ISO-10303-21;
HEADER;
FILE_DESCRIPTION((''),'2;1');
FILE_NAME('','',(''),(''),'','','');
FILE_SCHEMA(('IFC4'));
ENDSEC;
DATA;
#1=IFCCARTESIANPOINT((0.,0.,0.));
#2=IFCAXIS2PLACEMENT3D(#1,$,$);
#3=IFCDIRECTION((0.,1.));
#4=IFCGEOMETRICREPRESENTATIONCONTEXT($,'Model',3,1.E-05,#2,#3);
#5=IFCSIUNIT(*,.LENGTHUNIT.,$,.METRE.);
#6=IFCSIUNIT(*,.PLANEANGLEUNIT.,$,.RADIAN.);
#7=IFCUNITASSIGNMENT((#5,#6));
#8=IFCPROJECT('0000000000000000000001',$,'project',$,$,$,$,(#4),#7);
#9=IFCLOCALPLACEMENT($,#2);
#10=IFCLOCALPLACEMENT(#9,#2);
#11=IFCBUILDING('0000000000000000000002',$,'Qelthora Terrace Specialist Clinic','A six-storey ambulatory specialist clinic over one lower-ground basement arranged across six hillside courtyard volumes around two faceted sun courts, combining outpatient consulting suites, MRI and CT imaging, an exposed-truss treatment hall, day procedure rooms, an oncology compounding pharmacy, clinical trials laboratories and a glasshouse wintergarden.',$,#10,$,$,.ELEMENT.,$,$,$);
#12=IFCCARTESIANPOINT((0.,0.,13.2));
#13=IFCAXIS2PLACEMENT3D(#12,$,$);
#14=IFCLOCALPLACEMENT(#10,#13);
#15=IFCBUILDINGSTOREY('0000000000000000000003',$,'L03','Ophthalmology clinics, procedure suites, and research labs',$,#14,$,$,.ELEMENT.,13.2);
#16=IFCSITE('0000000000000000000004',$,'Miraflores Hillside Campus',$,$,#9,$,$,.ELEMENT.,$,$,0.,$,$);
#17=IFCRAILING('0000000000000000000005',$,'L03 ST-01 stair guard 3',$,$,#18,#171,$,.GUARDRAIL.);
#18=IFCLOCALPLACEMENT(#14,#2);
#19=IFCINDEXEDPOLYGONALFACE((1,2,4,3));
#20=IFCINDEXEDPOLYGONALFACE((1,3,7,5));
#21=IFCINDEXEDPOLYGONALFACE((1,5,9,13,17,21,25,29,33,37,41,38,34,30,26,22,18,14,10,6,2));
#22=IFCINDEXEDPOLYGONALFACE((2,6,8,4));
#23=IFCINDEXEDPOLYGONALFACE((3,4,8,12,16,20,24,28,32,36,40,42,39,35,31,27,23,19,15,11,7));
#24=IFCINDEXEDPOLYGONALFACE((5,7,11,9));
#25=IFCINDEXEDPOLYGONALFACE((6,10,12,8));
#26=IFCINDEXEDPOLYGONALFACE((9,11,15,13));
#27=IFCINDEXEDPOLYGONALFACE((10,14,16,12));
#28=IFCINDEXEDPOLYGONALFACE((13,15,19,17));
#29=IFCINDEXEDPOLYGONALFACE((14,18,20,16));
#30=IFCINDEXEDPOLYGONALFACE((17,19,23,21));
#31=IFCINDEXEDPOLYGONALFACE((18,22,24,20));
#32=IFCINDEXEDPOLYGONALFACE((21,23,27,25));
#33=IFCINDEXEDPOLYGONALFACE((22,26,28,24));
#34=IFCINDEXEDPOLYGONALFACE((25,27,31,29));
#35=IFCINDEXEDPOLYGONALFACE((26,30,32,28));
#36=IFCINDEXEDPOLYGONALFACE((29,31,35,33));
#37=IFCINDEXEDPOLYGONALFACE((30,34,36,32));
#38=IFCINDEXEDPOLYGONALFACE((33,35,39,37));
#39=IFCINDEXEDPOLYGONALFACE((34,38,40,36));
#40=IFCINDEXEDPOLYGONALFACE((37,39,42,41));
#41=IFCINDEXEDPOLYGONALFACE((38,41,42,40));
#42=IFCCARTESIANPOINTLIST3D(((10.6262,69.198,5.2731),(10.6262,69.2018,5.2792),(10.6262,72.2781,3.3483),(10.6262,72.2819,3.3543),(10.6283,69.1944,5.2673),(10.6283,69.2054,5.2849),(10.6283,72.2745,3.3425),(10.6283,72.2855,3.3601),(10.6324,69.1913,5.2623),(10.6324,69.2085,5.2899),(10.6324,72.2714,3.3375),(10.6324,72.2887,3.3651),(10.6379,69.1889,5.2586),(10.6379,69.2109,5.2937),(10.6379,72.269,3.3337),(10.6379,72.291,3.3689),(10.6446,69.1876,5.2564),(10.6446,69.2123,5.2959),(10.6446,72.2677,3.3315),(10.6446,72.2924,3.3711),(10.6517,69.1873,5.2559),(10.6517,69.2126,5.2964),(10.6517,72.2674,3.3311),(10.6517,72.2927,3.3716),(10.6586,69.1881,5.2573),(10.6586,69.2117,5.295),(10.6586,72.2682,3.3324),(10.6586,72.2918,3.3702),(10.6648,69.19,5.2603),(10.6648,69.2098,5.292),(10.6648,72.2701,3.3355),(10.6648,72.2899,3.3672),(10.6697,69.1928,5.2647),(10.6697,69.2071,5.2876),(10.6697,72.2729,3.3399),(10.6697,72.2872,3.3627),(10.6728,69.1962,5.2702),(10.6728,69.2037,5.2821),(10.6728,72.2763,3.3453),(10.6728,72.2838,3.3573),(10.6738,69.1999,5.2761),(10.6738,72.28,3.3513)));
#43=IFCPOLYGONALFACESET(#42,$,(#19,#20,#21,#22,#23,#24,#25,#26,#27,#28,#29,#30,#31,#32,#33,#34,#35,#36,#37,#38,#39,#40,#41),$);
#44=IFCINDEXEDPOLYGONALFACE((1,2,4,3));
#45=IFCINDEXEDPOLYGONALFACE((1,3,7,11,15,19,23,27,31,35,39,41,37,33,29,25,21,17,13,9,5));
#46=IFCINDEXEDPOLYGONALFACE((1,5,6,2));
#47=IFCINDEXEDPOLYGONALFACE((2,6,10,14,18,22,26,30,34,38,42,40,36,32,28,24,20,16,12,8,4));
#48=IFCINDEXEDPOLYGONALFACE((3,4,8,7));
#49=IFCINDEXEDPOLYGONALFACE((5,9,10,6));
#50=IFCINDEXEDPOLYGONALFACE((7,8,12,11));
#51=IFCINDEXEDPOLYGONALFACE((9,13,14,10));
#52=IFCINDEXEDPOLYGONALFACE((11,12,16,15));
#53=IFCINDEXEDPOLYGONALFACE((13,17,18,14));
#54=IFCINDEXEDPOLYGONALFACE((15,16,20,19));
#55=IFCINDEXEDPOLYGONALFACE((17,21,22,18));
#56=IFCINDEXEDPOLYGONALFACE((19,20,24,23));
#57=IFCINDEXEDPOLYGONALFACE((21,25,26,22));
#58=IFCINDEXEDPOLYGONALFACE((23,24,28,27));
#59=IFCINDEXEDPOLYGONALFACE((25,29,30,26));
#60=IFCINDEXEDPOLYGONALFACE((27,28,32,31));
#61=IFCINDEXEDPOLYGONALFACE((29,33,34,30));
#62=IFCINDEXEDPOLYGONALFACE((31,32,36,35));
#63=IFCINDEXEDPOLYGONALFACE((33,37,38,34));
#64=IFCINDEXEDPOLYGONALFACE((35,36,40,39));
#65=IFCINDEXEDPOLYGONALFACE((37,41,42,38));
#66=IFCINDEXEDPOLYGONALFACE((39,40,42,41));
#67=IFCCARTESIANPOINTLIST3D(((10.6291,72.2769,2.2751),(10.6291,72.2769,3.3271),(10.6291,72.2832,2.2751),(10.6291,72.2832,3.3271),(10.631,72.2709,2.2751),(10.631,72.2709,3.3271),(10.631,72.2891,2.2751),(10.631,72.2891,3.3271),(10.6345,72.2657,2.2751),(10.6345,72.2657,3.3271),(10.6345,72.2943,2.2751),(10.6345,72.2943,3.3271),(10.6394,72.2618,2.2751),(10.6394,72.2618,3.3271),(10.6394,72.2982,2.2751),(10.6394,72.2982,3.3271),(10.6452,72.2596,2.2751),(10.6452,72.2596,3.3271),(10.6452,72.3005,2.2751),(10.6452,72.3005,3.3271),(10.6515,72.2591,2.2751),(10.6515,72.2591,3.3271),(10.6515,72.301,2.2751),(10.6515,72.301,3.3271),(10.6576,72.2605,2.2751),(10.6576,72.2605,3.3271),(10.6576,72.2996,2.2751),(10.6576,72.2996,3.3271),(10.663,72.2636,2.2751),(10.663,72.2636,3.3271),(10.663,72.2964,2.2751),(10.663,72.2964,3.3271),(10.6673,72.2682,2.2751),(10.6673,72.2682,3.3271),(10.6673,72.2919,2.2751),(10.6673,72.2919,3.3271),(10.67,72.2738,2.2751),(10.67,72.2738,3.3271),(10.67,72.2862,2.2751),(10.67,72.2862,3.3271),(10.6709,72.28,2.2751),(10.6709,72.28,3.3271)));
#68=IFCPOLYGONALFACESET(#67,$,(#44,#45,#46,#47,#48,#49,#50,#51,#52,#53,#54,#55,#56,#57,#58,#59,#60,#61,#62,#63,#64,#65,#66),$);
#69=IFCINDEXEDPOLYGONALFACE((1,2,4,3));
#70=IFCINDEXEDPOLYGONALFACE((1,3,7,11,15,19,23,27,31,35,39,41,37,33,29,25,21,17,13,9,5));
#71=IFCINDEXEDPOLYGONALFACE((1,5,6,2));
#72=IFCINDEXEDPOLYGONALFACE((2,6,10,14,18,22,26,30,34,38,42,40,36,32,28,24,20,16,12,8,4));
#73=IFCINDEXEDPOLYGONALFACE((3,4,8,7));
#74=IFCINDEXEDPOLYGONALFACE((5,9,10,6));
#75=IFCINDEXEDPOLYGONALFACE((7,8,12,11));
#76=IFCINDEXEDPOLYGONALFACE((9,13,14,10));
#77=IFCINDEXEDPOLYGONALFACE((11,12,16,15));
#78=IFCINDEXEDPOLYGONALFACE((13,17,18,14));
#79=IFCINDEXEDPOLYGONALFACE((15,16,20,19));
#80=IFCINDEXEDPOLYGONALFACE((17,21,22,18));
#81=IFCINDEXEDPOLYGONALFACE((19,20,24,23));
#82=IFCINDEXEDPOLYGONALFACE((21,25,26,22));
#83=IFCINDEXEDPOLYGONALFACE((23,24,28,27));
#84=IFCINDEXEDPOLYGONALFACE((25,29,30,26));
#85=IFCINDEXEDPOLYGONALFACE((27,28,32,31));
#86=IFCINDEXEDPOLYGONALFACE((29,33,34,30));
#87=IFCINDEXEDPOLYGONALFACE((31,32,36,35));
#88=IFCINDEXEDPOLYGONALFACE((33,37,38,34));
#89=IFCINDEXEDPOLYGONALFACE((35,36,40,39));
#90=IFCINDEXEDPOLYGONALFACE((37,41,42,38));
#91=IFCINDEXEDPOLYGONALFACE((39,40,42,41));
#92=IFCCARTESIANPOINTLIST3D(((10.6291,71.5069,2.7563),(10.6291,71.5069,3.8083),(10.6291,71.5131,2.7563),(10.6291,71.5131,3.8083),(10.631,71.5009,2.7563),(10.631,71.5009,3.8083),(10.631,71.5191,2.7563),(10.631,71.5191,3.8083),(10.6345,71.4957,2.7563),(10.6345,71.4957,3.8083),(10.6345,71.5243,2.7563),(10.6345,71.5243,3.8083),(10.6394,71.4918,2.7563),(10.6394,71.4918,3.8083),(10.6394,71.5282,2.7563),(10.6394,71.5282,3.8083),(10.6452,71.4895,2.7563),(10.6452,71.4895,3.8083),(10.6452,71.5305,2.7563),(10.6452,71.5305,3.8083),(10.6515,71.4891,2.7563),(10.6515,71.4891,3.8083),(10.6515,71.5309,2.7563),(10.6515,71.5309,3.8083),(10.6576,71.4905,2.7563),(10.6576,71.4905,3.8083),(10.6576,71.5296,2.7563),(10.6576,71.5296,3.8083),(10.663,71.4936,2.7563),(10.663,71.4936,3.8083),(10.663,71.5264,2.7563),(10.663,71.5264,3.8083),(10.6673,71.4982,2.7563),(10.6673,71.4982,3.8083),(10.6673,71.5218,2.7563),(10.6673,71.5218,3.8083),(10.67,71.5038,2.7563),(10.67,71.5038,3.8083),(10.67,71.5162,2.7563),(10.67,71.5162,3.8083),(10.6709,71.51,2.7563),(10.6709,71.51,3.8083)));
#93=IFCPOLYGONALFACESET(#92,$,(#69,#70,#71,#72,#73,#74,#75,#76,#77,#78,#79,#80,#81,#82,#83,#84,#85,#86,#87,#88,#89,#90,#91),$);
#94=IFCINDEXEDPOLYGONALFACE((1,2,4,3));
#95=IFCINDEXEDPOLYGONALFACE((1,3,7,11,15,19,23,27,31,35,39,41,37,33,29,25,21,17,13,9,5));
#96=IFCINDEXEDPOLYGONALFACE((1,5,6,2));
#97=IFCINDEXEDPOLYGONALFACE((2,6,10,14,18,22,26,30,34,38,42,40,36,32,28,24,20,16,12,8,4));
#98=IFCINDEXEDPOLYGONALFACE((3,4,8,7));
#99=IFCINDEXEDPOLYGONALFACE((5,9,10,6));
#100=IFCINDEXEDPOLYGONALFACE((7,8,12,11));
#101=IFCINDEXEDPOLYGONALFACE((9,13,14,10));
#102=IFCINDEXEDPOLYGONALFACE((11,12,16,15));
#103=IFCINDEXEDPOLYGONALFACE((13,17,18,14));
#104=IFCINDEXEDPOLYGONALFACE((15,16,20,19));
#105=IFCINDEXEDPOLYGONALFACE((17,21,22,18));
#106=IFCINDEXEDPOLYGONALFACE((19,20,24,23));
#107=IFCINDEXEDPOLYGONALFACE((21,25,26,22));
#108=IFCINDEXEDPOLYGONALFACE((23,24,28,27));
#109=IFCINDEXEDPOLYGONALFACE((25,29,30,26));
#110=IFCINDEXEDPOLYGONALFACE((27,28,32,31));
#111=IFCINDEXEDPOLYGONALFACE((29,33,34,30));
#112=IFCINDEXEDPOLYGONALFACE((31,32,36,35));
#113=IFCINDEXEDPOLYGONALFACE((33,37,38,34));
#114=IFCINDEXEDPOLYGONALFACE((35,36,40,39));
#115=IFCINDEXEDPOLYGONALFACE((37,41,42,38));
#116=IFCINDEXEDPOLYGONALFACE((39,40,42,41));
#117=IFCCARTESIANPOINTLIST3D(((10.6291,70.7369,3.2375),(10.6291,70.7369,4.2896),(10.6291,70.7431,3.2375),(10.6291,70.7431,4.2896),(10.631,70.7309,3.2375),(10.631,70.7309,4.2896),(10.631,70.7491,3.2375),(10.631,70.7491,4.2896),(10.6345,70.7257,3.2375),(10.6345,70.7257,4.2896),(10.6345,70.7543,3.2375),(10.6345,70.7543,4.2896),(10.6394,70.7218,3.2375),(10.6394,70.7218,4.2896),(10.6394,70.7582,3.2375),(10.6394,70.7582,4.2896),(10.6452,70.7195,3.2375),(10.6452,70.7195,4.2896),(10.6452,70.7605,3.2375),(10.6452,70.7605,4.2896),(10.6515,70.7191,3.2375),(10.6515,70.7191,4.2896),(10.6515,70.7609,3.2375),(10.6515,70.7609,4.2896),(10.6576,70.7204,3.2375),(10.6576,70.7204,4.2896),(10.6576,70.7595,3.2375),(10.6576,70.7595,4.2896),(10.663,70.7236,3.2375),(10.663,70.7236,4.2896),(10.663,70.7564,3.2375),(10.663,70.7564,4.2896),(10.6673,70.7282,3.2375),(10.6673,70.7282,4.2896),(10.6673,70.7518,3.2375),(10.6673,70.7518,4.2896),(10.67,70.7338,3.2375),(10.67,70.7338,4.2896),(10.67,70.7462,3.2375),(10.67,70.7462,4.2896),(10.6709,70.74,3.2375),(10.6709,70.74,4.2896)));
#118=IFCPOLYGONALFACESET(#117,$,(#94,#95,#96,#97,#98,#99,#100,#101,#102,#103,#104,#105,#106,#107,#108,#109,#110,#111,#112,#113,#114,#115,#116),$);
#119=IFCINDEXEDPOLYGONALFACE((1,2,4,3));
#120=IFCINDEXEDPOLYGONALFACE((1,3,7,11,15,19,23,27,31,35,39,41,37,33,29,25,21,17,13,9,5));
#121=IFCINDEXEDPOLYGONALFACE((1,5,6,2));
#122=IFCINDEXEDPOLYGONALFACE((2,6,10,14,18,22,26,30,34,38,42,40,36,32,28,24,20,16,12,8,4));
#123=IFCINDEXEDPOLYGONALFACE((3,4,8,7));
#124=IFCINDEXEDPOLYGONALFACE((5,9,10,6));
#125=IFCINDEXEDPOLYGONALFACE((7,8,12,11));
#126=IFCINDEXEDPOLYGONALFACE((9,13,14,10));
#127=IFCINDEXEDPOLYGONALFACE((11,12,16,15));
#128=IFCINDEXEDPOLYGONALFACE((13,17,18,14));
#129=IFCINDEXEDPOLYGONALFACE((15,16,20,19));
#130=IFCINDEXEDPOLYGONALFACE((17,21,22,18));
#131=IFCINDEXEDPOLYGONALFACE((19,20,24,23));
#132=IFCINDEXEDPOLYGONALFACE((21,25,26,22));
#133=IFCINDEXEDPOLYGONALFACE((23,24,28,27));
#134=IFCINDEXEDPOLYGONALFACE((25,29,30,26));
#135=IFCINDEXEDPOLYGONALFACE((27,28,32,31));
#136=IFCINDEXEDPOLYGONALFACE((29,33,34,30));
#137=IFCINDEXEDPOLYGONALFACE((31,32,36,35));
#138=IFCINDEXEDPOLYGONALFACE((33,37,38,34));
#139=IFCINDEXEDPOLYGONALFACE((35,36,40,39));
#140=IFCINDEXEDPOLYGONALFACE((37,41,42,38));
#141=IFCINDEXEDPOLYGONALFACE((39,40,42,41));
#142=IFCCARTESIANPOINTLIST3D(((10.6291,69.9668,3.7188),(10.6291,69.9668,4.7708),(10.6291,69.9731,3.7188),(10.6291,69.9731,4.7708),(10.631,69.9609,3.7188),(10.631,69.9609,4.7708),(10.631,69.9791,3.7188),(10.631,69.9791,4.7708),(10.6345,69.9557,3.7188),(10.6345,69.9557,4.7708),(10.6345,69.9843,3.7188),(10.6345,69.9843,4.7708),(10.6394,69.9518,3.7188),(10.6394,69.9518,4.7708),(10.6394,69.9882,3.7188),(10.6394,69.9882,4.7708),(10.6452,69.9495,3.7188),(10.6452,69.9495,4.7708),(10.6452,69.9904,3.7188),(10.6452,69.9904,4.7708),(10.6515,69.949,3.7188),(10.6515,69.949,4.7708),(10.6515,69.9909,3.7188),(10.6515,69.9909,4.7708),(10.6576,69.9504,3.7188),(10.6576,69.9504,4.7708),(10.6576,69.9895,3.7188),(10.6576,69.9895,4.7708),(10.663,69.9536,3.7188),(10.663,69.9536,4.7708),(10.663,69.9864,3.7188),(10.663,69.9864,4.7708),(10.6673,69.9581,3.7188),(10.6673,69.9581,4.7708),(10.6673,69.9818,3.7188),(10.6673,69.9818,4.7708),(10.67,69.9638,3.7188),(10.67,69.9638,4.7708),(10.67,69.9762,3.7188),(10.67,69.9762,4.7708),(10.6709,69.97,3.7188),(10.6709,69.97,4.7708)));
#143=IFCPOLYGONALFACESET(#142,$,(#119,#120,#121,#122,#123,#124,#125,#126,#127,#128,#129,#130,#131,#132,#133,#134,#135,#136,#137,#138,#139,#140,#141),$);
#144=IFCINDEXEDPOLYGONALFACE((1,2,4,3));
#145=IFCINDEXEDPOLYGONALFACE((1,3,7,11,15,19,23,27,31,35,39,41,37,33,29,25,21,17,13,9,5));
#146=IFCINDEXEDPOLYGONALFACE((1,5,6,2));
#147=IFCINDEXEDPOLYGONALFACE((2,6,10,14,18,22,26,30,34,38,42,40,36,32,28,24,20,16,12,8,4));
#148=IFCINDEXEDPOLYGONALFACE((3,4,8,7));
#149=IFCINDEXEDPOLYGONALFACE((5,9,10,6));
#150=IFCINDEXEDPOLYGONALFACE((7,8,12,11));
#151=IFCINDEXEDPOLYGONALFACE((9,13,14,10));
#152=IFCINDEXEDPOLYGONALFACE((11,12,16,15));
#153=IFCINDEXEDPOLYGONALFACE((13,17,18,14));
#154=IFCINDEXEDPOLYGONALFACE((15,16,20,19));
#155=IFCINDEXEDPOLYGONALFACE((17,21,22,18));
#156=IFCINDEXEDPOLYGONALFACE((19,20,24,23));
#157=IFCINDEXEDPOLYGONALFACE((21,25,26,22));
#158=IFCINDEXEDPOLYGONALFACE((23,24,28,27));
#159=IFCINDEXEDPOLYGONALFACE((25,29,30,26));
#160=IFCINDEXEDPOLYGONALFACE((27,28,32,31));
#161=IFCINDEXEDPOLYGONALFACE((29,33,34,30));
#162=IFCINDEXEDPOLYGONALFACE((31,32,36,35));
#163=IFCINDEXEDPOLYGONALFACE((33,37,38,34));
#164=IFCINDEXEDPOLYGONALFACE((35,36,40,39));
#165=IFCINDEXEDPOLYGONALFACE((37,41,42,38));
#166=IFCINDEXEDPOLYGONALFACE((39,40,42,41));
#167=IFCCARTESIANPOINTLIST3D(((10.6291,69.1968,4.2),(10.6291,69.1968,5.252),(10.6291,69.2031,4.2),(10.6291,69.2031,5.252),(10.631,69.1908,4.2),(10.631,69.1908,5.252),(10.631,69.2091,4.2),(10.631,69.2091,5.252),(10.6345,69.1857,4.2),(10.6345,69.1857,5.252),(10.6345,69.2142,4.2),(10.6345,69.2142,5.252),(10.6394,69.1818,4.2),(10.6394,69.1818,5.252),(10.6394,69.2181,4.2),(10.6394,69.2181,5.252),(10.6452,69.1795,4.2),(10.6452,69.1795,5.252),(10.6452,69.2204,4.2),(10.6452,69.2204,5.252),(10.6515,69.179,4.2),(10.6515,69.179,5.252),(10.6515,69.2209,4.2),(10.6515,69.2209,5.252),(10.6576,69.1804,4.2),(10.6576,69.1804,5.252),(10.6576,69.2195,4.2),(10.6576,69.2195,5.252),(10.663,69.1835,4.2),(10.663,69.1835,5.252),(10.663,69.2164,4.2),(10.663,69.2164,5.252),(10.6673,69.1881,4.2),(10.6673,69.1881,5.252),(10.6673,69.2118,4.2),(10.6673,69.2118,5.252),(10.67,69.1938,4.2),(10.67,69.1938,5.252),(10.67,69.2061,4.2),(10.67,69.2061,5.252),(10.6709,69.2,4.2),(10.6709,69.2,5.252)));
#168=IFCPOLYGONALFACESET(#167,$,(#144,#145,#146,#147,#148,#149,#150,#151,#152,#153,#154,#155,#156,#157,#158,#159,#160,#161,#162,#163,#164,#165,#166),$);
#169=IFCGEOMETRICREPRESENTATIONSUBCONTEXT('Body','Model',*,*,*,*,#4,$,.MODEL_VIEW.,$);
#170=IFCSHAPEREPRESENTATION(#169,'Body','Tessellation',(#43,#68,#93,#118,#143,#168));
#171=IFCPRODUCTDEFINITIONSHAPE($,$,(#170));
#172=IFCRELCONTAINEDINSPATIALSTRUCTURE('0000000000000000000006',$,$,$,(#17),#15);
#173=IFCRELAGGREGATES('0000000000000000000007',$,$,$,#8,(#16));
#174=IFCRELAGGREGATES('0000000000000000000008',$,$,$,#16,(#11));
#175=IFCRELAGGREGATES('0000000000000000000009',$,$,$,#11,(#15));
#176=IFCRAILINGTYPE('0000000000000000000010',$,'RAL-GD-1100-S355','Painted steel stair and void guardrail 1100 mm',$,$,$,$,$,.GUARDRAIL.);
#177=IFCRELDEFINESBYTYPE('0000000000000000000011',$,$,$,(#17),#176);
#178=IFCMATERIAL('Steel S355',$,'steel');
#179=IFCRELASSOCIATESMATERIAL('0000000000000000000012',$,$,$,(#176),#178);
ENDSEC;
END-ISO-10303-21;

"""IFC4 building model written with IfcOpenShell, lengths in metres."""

from ifc_helpers import new_model, si_unit, direction, frame, origin, origin_2d, place, context, subcontext, project, spatial, circle, extrude, material, type_object, element, save


model = new_model("IFC4")

# Units and contexts
model_context = context("Model", 3, precision=1e-05, world=origin(), true_north=direction((0.0, 1.0)))
body_context = subcontext(model_context, "Body", "Model", "MODEL_VIEW")
ifc_project = project(units=[si_unit("LENGTHUNIT", "METRE"), si_unit("PLANEANGLEUNIT", "RADIAN")], contexts=[model_context])

# Site, building, storey
site_placement = place(None, origin())
site = spatial("IfcSite", under=ifc_project, at=site_placement, Name="Miraflores Hillside Campus", CompositionType="ELEMENT", RefElevation=0.0)
building_placement = place(site_placement, origin())
building = spatial("IfcBuilding", under=site, at=building_placement, Name="Qelthora Terrace Specialist Clinic", Description="A six-storey ambulatory specialist clinic over one lower-ground basement arranged across six hillside courtyard volumes around two faceted sun courts, combining outpatient consulting suites, MRI and CT imaging, an exposed-truss treatment hall, day procedure rooms, an oncology compounding pharmacy, clinical trials laboratories and a glasshouse wintergarden.", CompositionType="ELEMENT")
storey_placement = place(building_placement, frame((0.0, 0.0, 13.2)))
storey = spatial("IfcBuildingStorey", under=building, at=storey_placement, Name="L03", Description="Ophthalmology clinics, procedure suites, and research labs", CompositionType="ELEMENT", Elevation=13.2)

# Shared definitions
ifc_material_1 = material(Name="Steel S355", Category="steel")

# Railing
railing_type_1 = type_object("IfcRailingType", Name="RAL-GD-1100-S355", Description="Painted steel stair and void guardrail 1100 mm", PredefinedType="GUARDRAIL", material=ifc_material_1)
railing_1_placement = place(storey_placement, frame((10.6499, 72.28, 2.2751)))
element("IfcRailing", 1, at=railing_1_placement, inside=storey, type_object=railing_type_1, Name="L03 ST-01 stair guard 3", PredefinedType="GUARDRAIL", context=body_context, shape_type="SweptSolid", body=[
    extrude(circle(Radius=0.0239, at=origin_2d()), frame((0.0, 0.0, 1.0762), z_axis=(0.0, -0.848029, 0.529951), x_axis=(1.0, 0.0, 0.0)), (0.0, 0.0, 1.0), 3.6321),
    extrude(circle(Radius=0.021, at=origin_2d()), origin(), (0.0, 0.0, 1.0), 1.052),
    extrude(circle(Radius=0.021, at=origin_2d()), frame((0.0, -0.77, 0.4812)), (0.0, 0.0, 1.0), 1.052),
    extrude(circle(Radius=0.021, at=origin_2d()), frame((0.0, -1.54, 0.9624)), (0.0, 0.0, 1.0), 1.052),
    extrude(circle(Radius=0.021, at=origin_2d()), frame((0.0, -2.3101, 1.4436)), (0.0, 0.0, 1.0), 1.052),
    extrude(circle(Radius=0.021, at=origin_2d()), frame((0.0, -3.0801, 1.9248)), (0.0, 0.0, 1.0), 1.052),
])

save(model, "model.ifc")
